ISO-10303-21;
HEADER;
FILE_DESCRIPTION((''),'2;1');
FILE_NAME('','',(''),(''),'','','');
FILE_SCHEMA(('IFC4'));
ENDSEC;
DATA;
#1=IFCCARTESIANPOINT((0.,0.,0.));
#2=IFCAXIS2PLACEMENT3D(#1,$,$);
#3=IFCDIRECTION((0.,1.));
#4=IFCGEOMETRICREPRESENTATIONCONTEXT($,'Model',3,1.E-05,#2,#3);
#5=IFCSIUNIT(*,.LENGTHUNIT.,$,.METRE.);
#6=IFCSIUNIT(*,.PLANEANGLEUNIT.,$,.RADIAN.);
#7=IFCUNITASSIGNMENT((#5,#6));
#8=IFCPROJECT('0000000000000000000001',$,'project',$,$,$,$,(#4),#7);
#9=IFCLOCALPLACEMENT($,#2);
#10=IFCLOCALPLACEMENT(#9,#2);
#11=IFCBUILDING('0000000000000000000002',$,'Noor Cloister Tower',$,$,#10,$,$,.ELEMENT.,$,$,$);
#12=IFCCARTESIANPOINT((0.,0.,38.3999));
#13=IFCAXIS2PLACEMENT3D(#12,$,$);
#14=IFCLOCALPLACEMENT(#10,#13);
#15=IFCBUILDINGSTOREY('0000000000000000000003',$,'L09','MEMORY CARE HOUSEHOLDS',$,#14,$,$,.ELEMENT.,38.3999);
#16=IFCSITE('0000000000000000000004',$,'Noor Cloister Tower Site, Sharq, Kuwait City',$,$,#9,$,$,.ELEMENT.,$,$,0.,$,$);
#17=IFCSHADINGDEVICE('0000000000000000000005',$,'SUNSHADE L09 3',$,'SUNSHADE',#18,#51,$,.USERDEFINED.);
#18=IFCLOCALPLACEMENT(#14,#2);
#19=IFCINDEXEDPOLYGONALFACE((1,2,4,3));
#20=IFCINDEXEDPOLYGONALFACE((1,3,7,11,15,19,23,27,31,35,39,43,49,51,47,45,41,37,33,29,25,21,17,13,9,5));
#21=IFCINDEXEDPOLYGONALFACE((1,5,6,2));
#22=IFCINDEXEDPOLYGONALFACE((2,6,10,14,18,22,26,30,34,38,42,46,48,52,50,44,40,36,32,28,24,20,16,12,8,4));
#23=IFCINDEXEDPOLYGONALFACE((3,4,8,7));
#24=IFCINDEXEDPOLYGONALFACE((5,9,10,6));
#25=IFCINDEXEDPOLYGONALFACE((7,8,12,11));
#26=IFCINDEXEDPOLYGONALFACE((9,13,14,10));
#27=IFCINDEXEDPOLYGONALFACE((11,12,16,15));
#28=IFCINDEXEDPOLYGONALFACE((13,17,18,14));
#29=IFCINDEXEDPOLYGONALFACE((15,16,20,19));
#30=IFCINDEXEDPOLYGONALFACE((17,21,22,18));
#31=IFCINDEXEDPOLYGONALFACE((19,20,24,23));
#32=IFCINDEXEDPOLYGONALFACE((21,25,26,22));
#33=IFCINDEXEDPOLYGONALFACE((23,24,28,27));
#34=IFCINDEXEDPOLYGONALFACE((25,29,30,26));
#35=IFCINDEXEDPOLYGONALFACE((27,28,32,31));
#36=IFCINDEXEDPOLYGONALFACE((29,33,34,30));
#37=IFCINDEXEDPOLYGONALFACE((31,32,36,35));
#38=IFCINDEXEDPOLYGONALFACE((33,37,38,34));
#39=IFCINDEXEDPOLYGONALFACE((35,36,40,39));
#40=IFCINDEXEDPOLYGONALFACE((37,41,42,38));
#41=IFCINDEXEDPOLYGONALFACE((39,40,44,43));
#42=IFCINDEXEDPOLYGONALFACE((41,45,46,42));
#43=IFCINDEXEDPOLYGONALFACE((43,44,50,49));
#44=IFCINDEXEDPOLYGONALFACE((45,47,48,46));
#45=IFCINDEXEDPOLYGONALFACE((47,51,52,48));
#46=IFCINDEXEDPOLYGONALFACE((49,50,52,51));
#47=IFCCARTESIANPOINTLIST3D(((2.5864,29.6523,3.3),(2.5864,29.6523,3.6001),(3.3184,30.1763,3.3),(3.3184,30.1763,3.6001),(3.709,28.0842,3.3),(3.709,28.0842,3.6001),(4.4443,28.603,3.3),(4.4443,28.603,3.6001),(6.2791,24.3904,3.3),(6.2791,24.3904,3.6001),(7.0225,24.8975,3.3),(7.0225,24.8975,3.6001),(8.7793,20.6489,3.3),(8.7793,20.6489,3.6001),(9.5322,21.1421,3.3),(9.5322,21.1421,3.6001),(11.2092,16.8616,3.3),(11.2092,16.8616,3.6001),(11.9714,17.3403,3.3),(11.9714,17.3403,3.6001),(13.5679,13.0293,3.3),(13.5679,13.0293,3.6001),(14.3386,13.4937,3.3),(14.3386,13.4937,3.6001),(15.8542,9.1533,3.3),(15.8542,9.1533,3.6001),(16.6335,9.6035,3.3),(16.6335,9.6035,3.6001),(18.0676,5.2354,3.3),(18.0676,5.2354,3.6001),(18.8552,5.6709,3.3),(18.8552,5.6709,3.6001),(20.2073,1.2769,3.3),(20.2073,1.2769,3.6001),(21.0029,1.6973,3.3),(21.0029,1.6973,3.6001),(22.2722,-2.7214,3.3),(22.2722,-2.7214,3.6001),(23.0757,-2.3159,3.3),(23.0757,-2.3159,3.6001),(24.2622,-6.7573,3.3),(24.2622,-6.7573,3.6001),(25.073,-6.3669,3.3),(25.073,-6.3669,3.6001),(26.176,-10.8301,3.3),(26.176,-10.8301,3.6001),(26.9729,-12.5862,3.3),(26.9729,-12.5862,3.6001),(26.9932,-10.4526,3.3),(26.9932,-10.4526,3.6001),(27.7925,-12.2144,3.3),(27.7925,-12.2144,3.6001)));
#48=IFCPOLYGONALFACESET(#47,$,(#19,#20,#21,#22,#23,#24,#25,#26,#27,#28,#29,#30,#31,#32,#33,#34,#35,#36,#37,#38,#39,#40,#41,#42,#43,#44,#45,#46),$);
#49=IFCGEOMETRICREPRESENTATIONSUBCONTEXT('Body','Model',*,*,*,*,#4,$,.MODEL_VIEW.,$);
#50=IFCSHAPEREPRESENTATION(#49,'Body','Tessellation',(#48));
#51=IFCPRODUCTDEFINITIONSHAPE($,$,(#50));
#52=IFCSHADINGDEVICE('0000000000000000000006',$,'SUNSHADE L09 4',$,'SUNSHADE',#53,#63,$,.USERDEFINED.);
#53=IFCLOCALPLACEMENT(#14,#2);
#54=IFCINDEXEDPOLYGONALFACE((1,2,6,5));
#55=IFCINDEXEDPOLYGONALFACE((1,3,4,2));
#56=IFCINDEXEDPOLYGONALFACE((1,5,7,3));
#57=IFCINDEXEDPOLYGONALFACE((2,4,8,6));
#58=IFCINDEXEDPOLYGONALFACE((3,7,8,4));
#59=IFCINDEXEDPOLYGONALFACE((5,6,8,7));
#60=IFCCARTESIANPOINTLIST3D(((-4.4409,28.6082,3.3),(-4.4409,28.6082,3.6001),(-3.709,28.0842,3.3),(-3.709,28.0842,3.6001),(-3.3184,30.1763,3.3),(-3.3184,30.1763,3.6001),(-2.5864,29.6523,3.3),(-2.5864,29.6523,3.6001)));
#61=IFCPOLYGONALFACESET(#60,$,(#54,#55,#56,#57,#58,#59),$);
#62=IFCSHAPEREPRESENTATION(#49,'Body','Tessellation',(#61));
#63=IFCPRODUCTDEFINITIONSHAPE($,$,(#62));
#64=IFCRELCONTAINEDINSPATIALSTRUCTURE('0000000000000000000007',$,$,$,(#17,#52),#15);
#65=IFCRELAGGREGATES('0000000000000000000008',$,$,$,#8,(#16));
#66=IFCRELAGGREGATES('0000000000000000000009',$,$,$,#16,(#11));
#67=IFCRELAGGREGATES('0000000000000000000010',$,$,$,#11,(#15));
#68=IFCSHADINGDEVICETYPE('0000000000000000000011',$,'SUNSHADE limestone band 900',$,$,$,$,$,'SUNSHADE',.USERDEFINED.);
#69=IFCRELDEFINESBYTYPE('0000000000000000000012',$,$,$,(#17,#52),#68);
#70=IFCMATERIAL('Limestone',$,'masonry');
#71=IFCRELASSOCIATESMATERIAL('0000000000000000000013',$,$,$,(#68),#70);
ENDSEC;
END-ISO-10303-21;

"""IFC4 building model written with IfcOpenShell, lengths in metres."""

from ifc_helpers import new_model, si_unit, direction, frame, origin, place, context, subcontext, project, spatial, polyline, outline, extrude, material, type_object, element, save


model = new_model("IFC4")

# Units and contexts
model_context = context("Model", 3, precision=1e-05, world=origin(), true_north=direction((0.0, 1.0)))
body_context = subcontext(model_context, "Body", "Model", "MODEL_VIEW")
ifc_project = project(units=[si_unit("LENGTHUNIT", "METRE"), si_unit("PLANEANGLEUNIT", "RADIAN")], contexts=[model_context])

# Site, building, storey
site_placement = place(None, origin())
site = spatial("IfcSite", under=ifc_project, at=site_placement, Name="Noor Cloister Tower Site, Sharq, Kuwait City", CompositionType="ELEMENT", RefElevation=0.0)
building_placement = place(site_placement, origin())
building = spatial("IfcBuilding", under=site, at=building_placement, Name="Noor Cloister Tower", CompositionType="ELEMENT")
storey_placement = place(building_placement, frame((0.0, 0.0, 38.3999)))
storey = spatial("IfcBuildingStorey", under=building, at=storey_placement, Name="L09", Description="MEMORY CARE HOUSEHOLDS", CompositionType="ELEMENT", Elevation=38.3999)

# Shading devices
ifc_material_1 = material(Name="Limestone", Category="masonry")
shading_device_type = type_object("IfcShadingDeviceType", Name="SUNSHADE limestone band 900", ElementType="SUNSHADE", PredefinedType="USERDEFINED", material=ifc_material_1)
shading_device_1_placement = place(storey_placement, frame((0.0, 0.0, 3.3)))
element("IfcShadingDevice", 1, at=shading_device_1_placement, inside=storey, type_object=shading_device_type, Name="SUNSHADE L09 3", ObjectType="SUNSHADE", PredefinedType="USERDEFINED", context=body_context, shape_type="SweptSolid", body=[
    extrude(outline(polyline([(27.7925, -12.2144), (26.9932, -10.4526), (25.073, -6.3669), (23.0757, -2.3159), (21.0029, 1.6973), (18.8552, 5.6709), (16.6335, 9.6035), (14.3386, 13.4937), (11.9714, 17.3403), (9.5322, 21.1421), (7.0225, 24.8975), (4.4443, 28.603), (3.3184, 30.1763), (2.5864, 29.6523), (3.709, 28.0842), (6.2791, 24.3904), (8.7793, 20.6489), (11.2092, 16.8616), (13.5679, 13.0293), (15.8542, 9.1533), (18.0676, 5.2354), (20.2073, 1.2769), (22.2722, -2.7214), (24.2622, -6.7573), (26.176, -10.8301), (26.9729, -12.5862), (27.7925, -12.2144)])), origin(), (0.0, 0.0, 1.0), 0.3),
])
shading_device_2_placement = place(storey_placement, frame((0.0, 0.0, 3.3)))
element("IfcShadingDevice", 2, at=shading_device_2_placement, inside=storey, type_object=shading_device_type, Name="SUNSHADE L09 4", ObjectType="SUNSHADE", PredefinedType="USERDEFINED", context=body_context, shape_type="SweptSolid", body=[
    extrude(outline(polyline([(-3.3184, 30.1763), (-4.4409, 28.6082), (-3.709, 28.0842), (-2.5864, 29.6523), (-3.3184, 30.1763)])), origin(), (0.0, 0.0, 1.0), 0.3),
])

save(model, "model.ifc")
